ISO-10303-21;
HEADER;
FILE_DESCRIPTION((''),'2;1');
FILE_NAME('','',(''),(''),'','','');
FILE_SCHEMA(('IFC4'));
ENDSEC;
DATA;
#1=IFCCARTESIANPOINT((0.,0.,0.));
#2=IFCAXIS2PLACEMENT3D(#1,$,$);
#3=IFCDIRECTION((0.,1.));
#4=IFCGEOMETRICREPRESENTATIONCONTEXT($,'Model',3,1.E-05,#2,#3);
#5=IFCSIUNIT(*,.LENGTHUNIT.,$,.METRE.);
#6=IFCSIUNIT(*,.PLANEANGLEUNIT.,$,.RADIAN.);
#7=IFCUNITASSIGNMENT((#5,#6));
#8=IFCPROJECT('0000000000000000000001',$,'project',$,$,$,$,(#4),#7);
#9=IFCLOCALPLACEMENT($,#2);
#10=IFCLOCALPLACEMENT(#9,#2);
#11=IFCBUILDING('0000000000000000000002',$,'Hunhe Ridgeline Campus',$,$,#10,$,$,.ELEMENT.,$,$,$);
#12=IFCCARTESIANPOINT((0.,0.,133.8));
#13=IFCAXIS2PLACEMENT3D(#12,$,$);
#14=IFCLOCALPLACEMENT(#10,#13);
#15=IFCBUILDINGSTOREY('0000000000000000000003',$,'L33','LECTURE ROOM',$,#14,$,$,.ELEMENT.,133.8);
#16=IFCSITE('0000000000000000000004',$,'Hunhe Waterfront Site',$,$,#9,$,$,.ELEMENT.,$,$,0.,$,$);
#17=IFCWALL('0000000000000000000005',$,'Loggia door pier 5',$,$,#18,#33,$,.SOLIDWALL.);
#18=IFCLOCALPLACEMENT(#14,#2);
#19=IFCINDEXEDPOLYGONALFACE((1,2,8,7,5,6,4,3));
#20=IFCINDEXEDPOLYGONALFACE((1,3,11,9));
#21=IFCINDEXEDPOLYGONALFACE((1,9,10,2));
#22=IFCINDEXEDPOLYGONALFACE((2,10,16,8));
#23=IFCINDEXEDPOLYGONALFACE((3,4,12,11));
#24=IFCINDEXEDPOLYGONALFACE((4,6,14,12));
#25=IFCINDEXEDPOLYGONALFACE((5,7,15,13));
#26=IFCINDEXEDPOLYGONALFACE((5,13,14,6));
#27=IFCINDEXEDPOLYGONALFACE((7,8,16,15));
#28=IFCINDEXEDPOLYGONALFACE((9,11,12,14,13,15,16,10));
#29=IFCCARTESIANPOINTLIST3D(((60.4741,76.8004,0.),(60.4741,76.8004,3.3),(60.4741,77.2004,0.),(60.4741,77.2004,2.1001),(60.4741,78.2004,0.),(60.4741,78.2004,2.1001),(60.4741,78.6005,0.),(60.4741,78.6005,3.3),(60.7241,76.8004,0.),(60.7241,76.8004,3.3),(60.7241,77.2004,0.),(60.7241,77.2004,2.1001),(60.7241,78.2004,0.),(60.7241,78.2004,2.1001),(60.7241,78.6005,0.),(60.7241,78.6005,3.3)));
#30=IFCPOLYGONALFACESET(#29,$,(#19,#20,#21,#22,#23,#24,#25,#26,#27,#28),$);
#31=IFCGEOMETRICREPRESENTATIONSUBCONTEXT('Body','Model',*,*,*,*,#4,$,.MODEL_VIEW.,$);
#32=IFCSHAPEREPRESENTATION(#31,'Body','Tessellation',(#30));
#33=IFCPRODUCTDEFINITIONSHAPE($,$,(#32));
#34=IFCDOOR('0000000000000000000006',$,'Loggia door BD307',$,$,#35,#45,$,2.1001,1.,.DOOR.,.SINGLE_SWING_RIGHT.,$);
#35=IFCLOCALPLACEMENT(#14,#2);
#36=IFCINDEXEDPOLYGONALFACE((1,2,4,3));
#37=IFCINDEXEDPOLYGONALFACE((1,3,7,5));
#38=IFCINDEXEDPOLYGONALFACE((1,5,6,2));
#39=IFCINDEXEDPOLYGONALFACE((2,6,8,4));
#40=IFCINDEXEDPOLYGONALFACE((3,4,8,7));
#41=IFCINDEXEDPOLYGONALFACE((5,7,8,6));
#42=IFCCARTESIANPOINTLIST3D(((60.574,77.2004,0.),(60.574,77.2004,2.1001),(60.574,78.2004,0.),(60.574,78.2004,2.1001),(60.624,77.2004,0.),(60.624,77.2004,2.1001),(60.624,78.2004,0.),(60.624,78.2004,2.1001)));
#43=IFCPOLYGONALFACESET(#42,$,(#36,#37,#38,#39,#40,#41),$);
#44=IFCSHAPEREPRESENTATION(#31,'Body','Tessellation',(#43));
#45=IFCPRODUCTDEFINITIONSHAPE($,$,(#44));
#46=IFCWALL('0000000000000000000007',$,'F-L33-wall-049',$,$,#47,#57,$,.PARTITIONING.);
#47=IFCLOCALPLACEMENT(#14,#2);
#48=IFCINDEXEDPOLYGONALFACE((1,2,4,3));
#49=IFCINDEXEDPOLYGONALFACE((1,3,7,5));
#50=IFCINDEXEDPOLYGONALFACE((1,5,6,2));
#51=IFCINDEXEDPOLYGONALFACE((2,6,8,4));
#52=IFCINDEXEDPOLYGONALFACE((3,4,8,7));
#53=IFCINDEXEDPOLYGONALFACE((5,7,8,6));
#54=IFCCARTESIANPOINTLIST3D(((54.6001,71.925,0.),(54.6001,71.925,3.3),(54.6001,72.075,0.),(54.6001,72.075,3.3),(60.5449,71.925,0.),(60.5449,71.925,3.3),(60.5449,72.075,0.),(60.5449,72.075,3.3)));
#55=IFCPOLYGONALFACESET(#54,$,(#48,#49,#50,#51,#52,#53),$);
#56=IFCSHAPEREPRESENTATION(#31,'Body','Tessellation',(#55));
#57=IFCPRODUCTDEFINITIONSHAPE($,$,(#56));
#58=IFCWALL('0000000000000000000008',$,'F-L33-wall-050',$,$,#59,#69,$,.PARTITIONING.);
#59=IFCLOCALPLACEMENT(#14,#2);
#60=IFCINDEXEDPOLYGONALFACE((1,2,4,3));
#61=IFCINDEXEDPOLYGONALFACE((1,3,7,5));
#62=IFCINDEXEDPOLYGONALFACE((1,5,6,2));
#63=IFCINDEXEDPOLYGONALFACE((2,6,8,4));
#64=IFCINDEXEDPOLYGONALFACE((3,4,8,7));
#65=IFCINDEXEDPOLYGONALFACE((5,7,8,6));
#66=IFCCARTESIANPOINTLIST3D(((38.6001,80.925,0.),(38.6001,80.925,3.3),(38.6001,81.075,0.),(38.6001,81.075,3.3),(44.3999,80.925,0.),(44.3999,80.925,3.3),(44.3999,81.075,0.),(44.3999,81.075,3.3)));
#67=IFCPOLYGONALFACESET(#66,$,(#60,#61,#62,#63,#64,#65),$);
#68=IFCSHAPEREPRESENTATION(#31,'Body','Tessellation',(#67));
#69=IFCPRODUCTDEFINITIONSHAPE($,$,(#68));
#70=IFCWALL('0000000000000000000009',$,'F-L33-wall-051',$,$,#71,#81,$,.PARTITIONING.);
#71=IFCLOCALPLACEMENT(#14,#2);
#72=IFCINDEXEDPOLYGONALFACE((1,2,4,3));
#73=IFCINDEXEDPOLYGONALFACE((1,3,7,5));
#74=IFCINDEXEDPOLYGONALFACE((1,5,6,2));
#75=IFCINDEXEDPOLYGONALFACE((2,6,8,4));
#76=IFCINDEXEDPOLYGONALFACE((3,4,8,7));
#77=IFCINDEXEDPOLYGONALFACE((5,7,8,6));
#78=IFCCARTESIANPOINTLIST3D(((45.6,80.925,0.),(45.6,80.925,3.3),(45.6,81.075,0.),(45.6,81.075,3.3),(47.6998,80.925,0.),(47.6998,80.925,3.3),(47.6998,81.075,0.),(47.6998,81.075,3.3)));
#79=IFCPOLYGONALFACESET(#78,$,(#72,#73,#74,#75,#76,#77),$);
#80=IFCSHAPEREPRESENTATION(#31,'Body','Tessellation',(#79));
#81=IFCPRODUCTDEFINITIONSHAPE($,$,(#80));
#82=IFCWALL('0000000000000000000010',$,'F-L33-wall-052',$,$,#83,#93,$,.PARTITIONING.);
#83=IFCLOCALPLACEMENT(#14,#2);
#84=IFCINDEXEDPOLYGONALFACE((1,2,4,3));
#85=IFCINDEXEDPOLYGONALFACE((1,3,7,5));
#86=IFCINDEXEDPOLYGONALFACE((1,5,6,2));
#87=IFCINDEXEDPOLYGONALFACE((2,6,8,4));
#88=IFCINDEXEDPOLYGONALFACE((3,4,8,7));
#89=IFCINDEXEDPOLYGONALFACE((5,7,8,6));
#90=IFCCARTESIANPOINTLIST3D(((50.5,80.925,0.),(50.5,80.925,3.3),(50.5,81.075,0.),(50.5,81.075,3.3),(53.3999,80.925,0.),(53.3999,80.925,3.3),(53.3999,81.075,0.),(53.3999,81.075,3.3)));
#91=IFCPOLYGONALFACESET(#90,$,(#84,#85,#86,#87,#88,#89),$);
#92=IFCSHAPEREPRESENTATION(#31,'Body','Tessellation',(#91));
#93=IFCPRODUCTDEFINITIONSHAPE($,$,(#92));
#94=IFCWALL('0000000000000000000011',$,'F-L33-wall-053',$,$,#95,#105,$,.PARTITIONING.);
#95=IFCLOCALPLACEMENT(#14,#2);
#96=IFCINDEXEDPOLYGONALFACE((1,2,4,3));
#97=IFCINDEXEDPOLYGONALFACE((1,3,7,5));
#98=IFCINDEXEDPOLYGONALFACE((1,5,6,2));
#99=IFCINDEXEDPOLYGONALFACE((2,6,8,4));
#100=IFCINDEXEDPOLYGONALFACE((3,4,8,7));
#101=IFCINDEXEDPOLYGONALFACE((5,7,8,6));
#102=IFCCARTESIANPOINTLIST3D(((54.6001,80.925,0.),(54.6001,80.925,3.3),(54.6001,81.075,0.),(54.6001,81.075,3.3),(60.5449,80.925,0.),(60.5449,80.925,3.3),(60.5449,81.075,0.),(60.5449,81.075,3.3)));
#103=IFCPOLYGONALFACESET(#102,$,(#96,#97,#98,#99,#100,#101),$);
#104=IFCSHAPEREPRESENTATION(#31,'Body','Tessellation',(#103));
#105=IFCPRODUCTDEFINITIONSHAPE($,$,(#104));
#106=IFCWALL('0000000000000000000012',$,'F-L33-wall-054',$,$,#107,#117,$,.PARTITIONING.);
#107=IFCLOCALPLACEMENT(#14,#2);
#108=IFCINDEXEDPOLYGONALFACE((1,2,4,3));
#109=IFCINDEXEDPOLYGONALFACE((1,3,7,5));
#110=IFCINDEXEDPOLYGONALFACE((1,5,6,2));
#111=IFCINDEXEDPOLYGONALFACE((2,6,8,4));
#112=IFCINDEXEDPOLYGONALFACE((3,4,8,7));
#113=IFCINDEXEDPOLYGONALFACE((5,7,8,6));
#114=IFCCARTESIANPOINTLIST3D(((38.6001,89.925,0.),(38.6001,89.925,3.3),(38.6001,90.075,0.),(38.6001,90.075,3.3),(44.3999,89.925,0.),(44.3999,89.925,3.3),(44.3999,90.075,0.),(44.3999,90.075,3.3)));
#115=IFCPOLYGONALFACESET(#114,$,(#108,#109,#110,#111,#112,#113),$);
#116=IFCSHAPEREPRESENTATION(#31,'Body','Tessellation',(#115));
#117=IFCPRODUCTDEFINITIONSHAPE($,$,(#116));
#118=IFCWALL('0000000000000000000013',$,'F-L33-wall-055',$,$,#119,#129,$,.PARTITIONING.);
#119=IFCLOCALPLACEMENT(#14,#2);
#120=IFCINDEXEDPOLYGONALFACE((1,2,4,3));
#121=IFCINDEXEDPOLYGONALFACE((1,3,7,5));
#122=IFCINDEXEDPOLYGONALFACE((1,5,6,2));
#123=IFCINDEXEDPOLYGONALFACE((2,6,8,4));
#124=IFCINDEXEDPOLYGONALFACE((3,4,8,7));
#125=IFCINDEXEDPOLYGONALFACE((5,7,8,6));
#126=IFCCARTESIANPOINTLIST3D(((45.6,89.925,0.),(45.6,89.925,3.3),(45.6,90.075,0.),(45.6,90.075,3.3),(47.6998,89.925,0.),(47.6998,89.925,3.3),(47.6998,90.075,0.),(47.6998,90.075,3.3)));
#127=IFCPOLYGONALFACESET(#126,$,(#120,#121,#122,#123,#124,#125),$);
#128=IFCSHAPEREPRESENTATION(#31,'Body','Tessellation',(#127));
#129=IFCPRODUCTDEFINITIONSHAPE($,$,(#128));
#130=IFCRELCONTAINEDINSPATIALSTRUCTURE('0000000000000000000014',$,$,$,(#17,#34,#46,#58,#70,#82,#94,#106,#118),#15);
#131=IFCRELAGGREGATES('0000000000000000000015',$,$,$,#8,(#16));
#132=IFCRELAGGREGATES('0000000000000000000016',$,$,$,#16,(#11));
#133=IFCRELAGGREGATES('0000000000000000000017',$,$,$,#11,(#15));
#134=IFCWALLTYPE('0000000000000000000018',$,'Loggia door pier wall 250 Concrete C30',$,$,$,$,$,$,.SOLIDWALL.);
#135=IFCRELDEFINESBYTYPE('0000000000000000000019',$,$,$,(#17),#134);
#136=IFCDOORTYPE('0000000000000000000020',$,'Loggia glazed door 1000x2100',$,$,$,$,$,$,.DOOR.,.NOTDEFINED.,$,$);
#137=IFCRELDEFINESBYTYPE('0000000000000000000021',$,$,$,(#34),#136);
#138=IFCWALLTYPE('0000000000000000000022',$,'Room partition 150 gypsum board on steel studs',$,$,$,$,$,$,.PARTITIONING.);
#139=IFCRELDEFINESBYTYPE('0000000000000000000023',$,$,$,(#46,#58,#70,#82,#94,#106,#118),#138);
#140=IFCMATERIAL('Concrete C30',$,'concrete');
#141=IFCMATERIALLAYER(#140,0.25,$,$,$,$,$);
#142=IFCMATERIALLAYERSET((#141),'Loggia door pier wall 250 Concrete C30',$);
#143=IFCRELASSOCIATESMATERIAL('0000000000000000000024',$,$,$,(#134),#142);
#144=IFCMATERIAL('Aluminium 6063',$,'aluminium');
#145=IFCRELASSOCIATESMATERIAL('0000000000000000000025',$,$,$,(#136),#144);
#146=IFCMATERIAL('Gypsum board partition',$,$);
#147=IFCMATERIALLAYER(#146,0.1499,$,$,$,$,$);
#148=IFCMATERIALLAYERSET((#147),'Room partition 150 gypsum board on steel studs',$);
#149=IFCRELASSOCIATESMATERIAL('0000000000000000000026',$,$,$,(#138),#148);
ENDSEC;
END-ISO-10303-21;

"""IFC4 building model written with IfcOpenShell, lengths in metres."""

from ifc_helpers import new_model, si_unit, direction, frame, frame_2d, origin, place, context, subcontext, project, spatial, rectangle, extrude, material, layer, layer_set, type_object, element, fill, save


model = new_model("IFC4")

# Units and contexts
model_context = context("Model", 3, precision=1e-05, world=origin(), true_north=direction((0.0, 1.0)))
body_context = subcontext(model_context, "Body", "Model", "MODEL_VIEW")
ifc_project = project(units=[si_unit("LENGTHUNIT", "METRE"), si_unit("PLANEANGLEUNIT", "RADIAN")], contexts=[model_context])

# Site, building, storey
site_placement = place(None, origin())
site = spatial("IfcSite", under=ifc_project, at=site_placement, Name="Hunhe Waterfront Site", CompositionType="ELEMENT", RefElevation=0.0)
building_placement = place(site_placement, origin())
building = spatial("IfcBuilding", under=site, at=building_placement, Name="Hunhe Ridgeline Campus", CompositionType="ELEMENT")
storey_placement = place(building_placement, frame((0.0, 0.0, 133.8)))
storey = spatial("IfcBuildingStorey", under=building, at=storey_placement, Name="L33", Description="LECTURE ROOM", CompositionType="ELEMENT", Elevation=133.8)

# Shared definitions
ifc_material_1 = material(Name="Aluminium 6063", Category="aluminium")

# Wall, opening, door
ifc_material_2 = material(Name="Concrete C30", Category="concrete")
ifc_layer_1 = layer(ifc_material_2, 0.25)
ifc_layer_set_1 = layer_set([ifc_layer_1], Name="Loggia door pier wall 250 Concrete C30")
wall_type_1 = type_object("IfcWallType", Name="Loggia door pier wall 250 Concrete C30", PredefinedType="SOLIDWALL", material=ifc_layer_set_1)
wall_1_placement = place(storey_placement, frame((60.5991, 76.8005, 0.0), z_axis=(0.0, 0.0, 1.0), x_axis=(0.0, 1.0, 0.0)))
wall_1 = element("IfcWall", 1, at=wall_1_placement, inside=storey, type_object=wall_type_1, Name="Loggia door pier 5", PredefinedType="SOLIDWALL", context=body_context, shape_type="SweptSolid", body=[
    extrude(rectangle(XDim=1.8, YDim=0.25, at=frame_2d((0.8999, 0.0))), origin(), (0.0, 0.0, 1.0), 3.3),
])
opening_placement = place(wall_1_placement, frame((0.3999, 0.0, 0.0)))
opening = element("IfcOpeningElement", 2, at=opening_placement, cuts=wall_1, PredefinedType="OPENING", context=body_context, shape_type="SweptSolid", body=[
    extrude(rectangle(XDim=1.0, YDim=2.1001, at=frame_2d((0.5, 1.05))), frame((0.0, 0.125, 0.0), z_axis=(0.0, -1.0, 0.0), x_axis=(1.0, 0.0, 0.0)), (0.0, 0.0, 1.0), 0.25),
])
door_type = type_object("IfcDoorType", Name="Loggia glazed door 1000x2100", OperationType="NOTDEFINED", PredefinedType="DOOR", material=ifc_material_1)
door_placement = place(opening_placement, frame((1.0, 0.0, 0.0), z_axis=(0.0, 0.0, 1.0), x_axis=(-1.0, 0.0, 0.0)))
door = element("IfcDoor", 3, at=door_placement, inside=storey, type_object=door_type, Name="Loggia door BD307", OperationType="SINGLE_SWING_RIGHT", OverallHeight=2.1001, OverallWidth=1.0, PredefinedType="DOOR", context=body_context, shape_type="SweptSolid", body=[
    extrude(rectangle(XDim=1.0, YDim=2.1001, at=frame_2d((0.5, 1.05))), frame((0.0, 0.0249, 0.0), z_axis=(0.0, -1.0, 0.0), x_axis=(1.0, 0.0, 0.0)), (0.0, 0.0, 1.0), 0.05),
])
fill(opening, door)

# Walls
ifc_material_3 = material(Name="Gypsum board partition")
ifc_layer_2 = layer(ifc_material_3, 0.1499)
ifc_layer_set_2 = layer_set([ifc_layer_2], Name="Room partition 150 gypsum board on steel studs")
wall_type_2 = type_object("IfcWallType", Name="Room partition 150 gypsum board on steel studs", PredefinedType="PARTITIONING", material=ifc_layer_set_2)
wall_2_placement = place(storey_placement, frame((54.6001, 72.0, 0.0), z_axis=(0.0, 0.0, 1.0), x_axis=(1.0, 0.0, 0.0)))
element("IfcWall", 4, at=wall_2_placement, inside=storey, type_object=wall_type_2, Name="F-L33-wall-049", PredefinedType="PARTITIONING", context=body_context, shape_type="SweptSolid", body=[
    extrude(rectangle(XDim=5.9448, YDim=0.1499, at=frame_2d((2.9724, 0.0))), origin(), (0.0, 0.0, 1.0), 3.3),
])
wall_3_placement = place(storey_placement, frame((38.6001, 81.0, 0.0), z_axis=(0.0, 0.0, 1.0), x_axis=(1.0, 0.0, 0.0)))
element("IfcWall", 5, at=wall_3_placement, inside=storey, type_object=wall_type_2, Name="F-L33-wall-050", PredefinedType="PARTITIONING", context=body_context, shape_type="SweptSolid", body=[
    extrude(rectangle(XDim=5.7998, YDim=0.1499, at=frame_2d((2.8999, 0.0))), origin(), (0.0, 0.0, 1.0), 3.3),
])
wall_4_placement = place(storey_placement, frame((45.6001, 81.0, 0.0), z_axis=(0.0, 0.0, 1.0), x_axis=(1.0, 0.0, 0.0)))
element("IfcWall", 6, at=wall_4_placement, inside=storey, type_object=wall_type_2, Name="F-L33-wall-051", PredefinedType="PARTITIONING", context=body_context, shape_type="SweptSolid", body=[
    extrude(rectangle(XDim=2.0999, YDim=0.1499, at=frame_2d((1.0498, 0.0))), origin(), (0.0, 0.0, 1.0), 3.3),
])
wall_5_placement = place(storey_placement, frame((50.5, 81.0, 0.0), z_axis=(0.0, 0.0, 1.0), x_axis=(1.0, 0.0, 0.0)))
element("IfcWall", 7, at=wall_5_placement, inside=storey, type_object=wall_type_2, Name="F-L33-wall-052", PredefinedType="PARTITIONING", context=body_context, shape_type="SweptSolid", body=[
    extrude(rectangle(XDim=2.8999, YDim=0.1499, at=frame_2d((1.45, 0.0))), origin(), (0.0, 0.0, 1.0), 3.3),
])
wall_6_placement = place(storey_placement, frame((54.6001, 81.0, 0.0), z_axis=(0.0, 0.0, 1.0), x_axis=(1.0, 0.0, 0.0)))
element("IfcWall", 8, at=wall_6_placement, inside=storey, type_object=wall_type_2, Name="F-L33-wall-053", PredefinedType="PARTITIONING", context=body_context, shape_type="SweptSolid", body=[
    extrude(rectangle(XDim=5.9448, YDim=0.1499, at=frame_2d((2.9724, 0.0))), origin(), (0.0, 0.0, 1.0), 3.3),
])
wall_7_placement = place(storey_placement, frame((38.6001, 90.0, 0.0), z_axis=(0.0, 0.0, 1.0), x_axis=(1.0, 0.0, 0.0)))
element("IfcWall", 9, at=wall_7_placement, inside=storey, type_object=wall_type_2, Name="F-L33-wall-054", PredefinedType="PARTITIONING", context=body_context, shape_type="SweptSolid", body=[
    extrude(rectangle(XDim=5.7998, YDim=0.1499, at=frame_2d((2.8999, 0.0))), origin(), (0.0, 0.0, 1.0), 3.3),
])
wall_8_placement = place(storey_placement, frame((45.6001, 90.0, 0.0), z_axis=(0.0, 0.0, 1.0), x_axis=(1.0, 0.0, 0.0)))
element("IfcWall", 10, at=wall_8_placement, inside=storey, type_object=wall_type_2, Name="F-L33-wall-055", PredefinedType="PARTITIONING", context=body_context, shape_type="SweptSolid", body=[
    extrude(rectangle(XDim=2.0999, YDim=0.1499, at=frame_2d((1.0498, 0.0))), origin(), (0.0, 0.0, 1.0), 3.3),
])

save(model, "model.ifc")
